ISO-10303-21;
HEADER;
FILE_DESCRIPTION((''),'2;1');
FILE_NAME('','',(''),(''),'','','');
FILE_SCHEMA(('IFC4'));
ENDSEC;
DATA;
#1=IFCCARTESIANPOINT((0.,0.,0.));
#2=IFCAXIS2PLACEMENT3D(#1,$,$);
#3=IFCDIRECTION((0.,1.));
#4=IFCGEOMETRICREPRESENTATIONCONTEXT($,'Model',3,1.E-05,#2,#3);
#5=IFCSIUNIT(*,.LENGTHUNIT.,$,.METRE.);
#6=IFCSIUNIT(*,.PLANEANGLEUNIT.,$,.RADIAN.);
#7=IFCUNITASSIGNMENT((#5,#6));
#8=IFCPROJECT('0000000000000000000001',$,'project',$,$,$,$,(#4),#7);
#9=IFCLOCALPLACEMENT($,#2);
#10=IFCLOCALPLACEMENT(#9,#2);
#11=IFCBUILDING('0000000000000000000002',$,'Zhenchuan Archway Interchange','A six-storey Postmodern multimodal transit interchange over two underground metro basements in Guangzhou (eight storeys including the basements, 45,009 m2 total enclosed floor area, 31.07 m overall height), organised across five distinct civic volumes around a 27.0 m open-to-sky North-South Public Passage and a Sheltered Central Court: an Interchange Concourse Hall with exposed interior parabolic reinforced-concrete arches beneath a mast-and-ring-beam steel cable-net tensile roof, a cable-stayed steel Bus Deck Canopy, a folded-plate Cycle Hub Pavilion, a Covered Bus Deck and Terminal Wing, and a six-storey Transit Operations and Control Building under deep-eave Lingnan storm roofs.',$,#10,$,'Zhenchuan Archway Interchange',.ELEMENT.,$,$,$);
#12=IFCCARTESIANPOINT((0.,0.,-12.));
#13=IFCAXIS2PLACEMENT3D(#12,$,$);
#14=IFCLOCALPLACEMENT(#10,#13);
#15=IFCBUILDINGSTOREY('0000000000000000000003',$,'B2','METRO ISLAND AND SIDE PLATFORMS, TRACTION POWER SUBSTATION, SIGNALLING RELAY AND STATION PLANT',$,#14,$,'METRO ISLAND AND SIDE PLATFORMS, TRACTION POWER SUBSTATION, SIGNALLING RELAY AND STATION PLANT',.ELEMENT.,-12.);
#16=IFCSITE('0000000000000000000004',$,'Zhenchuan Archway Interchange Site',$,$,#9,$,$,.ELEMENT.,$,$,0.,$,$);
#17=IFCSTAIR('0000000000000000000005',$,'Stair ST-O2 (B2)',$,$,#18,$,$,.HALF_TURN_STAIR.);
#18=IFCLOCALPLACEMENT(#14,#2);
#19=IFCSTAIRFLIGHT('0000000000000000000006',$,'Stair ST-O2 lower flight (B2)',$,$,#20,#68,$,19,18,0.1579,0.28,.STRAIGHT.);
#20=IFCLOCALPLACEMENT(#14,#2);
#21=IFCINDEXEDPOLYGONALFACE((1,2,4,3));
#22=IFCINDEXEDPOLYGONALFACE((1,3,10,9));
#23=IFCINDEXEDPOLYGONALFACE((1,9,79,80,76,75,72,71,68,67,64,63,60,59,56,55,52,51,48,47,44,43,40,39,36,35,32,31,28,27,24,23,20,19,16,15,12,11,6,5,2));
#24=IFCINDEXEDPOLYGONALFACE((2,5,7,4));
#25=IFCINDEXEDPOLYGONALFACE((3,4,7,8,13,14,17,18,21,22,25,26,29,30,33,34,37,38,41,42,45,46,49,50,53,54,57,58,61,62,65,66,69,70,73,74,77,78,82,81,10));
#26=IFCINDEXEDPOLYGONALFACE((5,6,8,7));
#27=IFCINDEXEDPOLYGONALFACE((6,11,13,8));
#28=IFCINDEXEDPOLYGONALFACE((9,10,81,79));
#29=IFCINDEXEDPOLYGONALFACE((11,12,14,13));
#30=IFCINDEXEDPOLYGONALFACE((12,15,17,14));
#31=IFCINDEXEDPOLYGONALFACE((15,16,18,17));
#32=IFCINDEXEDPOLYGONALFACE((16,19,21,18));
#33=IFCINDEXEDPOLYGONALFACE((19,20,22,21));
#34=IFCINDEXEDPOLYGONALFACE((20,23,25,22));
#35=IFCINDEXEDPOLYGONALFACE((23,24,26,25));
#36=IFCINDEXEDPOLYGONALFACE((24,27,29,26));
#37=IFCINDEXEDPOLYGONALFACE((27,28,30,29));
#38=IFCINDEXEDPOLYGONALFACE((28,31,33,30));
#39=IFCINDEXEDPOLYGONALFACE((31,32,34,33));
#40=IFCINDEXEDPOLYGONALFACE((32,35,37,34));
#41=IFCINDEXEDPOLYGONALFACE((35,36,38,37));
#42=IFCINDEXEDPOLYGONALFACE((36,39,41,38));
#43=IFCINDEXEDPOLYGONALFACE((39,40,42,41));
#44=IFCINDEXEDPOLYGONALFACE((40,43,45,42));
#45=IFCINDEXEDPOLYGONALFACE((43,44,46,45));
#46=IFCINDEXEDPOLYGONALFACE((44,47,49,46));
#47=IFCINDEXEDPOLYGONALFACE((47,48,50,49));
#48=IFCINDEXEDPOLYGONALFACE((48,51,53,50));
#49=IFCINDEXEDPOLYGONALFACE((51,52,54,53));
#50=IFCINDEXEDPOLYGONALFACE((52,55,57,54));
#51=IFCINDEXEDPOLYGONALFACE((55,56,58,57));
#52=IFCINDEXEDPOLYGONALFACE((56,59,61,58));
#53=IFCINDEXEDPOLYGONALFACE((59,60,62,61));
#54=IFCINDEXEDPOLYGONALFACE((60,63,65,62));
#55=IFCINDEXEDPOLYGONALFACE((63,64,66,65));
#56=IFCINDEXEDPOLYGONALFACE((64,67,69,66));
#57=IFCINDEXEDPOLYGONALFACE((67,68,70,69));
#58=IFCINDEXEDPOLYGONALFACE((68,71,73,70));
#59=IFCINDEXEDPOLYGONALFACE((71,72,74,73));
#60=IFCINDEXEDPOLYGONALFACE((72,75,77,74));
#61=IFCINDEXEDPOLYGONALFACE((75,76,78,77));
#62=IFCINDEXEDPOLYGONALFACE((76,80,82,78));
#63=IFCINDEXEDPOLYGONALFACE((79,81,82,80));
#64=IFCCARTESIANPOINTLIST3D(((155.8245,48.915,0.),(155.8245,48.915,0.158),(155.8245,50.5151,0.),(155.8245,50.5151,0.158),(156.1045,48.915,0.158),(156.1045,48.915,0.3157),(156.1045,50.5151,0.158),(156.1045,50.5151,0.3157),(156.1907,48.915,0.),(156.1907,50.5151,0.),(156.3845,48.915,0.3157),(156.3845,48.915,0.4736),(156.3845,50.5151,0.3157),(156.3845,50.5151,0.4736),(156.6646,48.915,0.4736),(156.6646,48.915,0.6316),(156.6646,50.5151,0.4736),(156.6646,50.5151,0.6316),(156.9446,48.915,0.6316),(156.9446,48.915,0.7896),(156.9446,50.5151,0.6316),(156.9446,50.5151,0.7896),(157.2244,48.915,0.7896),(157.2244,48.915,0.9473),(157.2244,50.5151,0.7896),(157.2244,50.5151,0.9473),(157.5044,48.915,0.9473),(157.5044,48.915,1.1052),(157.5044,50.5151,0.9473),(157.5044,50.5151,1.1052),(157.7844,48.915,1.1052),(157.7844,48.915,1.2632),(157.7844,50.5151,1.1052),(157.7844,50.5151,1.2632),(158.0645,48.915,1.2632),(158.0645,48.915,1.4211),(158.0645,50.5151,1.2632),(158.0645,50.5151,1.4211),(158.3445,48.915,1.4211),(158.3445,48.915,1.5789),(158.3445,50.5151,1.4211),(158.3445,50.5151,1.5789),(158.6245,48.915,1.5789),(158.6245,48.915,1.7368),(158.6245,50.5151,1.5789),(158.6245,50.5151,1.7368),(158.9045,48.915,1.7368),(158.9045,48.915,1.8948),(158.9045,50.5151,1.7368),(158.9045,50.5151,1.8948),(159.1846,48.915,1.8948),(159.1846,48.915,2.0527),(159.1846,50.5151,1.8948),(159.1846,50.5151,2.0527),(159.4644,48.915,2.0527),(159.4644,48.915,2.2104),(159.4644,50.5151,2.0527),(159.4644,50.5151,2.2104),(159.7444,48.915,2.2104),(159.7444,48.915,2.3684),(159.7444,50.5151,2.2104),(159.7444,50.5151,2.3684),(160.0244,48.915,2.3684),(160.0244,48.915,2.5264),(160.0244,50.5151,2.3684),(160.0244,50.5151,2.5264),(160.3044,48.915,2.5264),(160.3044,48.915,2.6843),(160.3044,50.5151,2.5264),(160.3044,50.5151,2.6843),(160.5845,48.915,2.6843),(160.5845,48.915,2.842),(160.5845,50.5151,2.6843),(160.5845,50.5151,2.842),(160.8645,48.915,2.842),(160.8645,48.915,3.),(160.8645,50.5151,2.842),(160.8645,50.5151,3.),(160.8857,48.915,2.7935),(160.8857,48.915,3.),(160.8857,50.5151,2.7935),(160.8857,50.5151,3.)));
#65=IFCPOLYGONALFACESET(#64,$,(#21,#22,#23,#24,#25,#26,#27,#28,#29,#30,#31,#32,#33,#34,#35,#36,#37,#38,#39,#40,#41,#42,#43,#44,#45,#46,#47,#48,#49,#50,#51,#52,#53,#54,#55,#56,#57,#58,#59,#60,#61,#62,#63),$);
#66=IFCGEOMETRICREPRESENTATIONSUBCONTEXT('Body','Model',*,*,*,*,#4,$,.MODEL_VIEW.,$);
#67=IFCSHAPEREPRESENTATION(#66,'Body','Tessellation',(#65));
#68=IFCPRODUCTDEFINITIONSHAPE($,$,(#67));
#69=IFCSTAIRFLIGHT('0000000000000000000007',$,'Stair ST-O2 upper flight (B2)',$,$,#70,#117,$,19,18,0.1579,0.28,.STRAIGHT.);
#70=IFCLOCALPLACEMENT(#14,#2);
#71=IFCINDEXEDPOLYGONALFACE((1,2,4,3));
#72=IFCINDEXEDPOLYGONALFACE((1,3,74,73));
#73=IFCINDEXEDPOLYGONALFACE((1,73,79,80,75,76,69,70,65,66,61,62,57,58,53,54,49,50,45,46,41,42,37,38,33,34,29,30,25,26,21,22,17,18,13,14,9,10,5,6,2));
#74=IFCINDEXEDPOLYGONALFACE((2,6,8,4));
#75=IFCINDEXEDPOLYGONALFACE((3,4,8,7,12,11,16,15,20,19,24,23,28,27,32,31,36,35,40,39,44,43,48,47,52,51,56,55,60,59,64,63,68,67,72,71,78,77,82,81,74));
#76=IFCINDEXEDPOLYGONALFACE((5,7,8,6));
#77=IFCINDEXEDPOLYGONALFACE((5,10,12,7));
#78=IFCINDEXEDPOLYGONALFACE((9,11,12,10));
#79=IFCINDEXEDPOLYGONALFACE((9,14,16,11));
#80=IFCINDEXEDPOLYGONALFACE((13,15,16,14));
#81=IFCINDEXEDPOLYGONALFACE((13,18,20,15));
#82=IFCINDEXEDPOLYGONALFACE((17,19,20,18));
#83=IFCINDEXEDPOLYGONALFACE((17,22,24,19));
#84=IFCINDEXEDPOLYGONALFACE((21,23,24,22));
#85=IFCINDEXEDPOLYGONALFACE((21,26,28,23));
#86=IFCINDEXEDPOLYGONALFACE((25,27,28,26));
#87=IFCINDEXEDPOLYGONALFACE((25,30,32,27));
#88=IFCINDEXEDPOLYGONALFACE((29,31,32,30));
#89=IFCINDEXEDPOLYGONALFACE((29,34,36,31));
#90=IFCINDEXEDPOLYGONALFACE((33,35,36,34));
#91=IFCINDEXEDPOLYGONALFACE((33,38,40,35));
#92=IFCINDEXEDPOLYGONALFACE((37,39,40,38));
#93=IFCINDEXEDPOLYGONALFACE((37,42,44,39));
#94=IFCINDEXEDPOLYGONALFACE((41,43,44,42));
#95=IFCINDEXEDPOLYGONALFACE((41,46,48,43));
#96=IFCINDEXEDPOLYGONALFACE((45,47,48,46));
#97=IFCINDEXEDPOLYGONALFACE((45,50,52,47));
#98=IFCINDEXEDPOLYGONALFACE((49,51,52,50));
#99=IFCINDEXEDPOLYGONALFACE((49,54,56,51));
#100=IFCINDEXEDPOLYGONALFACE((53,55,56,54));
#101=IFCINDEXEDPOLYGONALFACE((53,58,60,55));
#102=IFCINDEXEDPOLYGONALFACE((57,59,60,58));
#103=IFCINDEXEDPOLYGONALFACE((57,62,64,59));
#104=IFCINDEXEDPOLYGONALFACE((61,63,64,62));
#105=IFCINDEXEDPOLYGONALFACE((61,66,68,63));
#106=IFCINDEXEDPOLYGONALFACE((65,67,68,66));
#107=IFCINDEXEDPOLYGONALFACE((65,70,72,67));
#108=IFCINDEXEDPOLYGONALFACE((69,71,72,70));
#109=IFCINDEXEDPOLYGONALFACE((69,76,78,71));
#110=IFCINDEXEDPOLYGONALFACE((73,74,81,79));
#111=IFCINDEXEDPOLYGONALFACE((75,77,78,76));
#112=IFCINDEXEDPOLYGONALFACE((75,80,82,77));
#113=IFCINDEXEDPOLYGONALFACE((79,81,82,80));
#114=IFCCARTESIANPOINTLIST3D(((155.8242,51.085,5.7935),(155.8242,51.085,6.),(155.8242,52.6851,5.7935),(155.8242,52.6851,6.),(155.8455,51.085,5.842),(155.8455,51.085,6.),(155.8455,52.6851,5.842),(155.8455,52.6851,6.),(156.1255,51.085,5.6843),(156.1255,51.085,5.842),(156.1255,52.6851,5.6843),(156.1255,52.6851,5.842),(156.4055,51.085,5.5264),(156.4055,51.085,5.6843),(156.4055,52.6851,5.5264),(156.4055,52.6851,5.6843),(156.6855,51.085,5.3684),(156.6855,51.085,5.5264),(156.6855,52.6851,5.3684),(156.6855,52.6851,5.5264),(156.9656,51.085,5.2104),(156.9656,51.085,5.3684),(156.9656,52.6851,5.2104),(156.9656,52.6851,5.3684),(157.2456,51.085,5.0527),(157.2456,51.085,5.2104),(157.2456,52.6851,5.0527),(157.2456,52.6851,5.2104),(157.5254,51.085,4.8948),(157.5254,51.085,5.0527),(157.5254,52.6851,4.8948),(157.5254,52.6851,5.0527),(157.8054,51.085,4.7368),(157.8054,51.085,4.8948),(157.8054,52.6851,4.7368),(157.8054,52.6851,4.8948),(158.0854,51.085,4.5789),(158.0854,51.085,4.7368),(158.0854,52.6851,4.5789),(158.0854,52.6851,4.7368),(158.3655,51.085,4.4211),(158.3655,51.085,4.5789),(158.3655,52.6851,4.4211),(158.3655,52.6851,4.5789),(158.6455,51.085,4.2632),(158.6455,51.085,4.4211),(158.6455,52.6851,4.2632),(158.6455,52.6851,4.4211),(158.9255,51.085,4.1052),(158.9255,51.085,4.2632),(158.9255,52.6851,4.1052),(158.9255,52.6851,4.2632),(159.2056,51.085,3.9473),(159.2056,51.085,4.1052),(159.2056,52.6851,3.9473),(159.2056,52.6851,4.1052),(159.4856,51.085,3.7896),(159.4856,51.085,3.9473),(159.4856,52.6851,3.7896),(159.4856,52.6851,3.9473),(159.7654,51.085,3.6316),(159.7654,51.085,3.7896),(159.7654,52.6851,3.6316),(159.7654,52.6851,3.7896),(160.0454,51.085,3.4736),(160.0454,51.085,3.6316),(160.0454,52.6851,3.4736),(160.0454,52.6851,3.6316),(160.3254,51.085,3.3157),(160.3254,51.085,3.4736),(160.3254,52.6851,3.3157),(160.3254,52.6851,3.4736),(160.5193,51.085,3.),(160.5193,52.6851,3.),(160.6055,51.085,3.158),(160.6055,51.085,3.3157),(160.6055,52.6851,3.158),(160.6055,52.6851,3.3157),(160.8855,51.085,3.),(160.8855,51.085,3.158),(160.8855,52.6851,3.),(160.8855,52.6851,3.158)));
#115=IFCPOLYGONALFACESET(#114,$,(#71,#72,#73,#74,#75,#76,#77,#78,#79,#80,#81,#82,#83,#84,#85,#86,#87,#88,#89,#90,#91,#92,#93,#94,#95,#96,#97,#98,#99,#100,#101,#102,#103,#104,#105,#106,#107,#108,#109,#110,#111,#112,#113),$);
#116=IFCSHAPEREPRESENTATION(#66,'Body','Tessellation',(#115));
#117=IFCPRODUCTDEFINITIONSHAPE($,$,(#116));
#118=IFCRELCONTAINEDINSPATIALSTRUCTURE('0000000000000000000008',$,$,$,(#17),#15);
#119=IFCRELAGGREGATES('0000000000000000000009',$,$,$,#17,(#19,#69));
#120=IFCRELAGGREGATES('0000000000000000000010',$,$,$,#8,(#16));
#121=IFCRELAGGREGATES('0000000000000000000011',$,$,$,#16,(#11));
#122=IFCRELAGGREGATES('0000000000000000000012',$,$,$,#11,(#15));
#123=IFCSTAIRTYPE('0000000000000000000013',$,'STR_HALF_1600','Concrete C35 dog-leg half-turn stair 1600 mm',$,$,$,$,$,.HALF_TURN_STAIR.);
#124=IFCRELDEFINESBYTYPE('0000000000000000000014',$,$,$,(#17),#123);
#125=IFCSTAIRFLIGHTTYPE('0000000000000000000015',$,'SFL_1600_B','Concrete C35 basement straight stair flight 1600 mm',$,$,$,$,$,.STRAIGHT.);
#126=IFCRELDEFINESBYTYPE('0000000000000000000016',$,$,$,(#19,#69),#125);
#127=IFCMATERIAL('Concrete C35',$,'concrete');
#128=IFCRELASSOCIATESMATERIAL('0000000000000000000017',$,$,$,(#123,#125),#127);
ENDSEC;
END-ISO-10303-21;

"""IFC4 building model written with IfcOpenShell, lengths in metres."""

from ifc_helpers import new_model, si_unit, direction, frame, origin, place, context, subcontext, project, spatial, polyline, outline, extrude, material, type_object, element, aggregate, save


model = new_model("IFC4")

# Units and contexts
model_context = context("Model", 3, precision=1e-05, world=origin(), true_north=direction((0.0, 1.0)))
body_context = subcontext(model_context, "Body", "Model", "MODEL_VIEW")
ifc_project = project(units=[si_unit("LENGTHUNIT", "METRE"), si_unit("PLANEANGLEUNIT", "RADIAN")], contexts=[model_context])

# Site, building, storey
site_placement = place(None, origin())
site = spatial("IfcSite", under=ifc_project, at=site_placement, Name="Zhenchuan Archway Interchange Site", CompositionType="ELEMENT", RefElevation=0.0)
building_placement = place(site_placement, origin())
building = spatial("IfcBuilding", under=site, at=building_placement, Name="Zhenchuan Archway Interchange", Description="A six-storey Postmodern multimodal transit interchange over two underground metro basements in Guangzhou (eight storeys including the basements, 45,009 m2 total enclosed floor area, 31.07 m overall height), organised across five distinct civic volumes around a 27.0 m open-to-sky North-South Public Passage and a Sheltered Central Court: an Interchange Concourse Hall with exposed interior parabolic reinforced-concrete arches beneath a mast-and-ring-beam steel cable-net tensile roof, a cable-stayed steel Bus Deck Canopy, a folded-plate Cycle Hub Pavilion, a Covered Bus Deck and Terminal Wing, and a six-storey Transit Operations and Control Building under deep-eave Lingnan storm roofs.", LongName="Zhenchuan Archway Interchange", CompositionType="ELEMENT")
storey_placement = place(building_placement, frame((0.0, 0.0, -12.0)))
storey = spatial("IfcBuildingStorey", under=building, at=storey_placement, Name="B2", Description="METRO ISLAND AND SIDE PLATFORMS, TRACTION POWER SUBSTATION, SIGNALLING RELAY AND STATION PLANT", LongName="METRO ISLAND AND SIDE PLATFORMS, TRACTION POWER SUBSTATION, SIGNALLING RELAY AND STATION PLANT", CompositionType="ELEMENT", Elevation=-12.0)

# Shared definitions
ifc_material_1 = material(Name="Concrete C35", Category="concrete")

# Stair, stair flights
stair_type = type_object("IfcStairType", Name="STR_HALF_1600", Description="Concrete C35 dog-leg half-turn stair 1600 mm", PredefinedType="HALF_TURN_STAIR", material=ifc_material_1)
stair_placement = place(storey_placement, origin())
stair = element("IfcStair", 1, at=stair_placement, inside=storey, type_object=stair_type, Name="Stair ST-O2 (B2)", PredefinedType="HALF_TURN_STAIR")
stair_flight_type = type_object("IfcStairFlightType", Name="SFL_1600_B", Description="Concrete C35 basement straight stair flight 1600 mm", PredefinedType="STRAIGHT", material=ifc_material_1)
stair_flight_1_placement = place(storey_placement, frame((155.8245, 49.7151, 0.0), z_axis=(0.0, 0.0, 1.0), x_axis=(1.0, 0.0, 0.0)))
stair_flight_1 = element("IfcStairFlight", 2, at=stair_flight_1_placement, type_object=stair_flight_type, Name="Stair ST-O2 lower flight (B2)", NumberOfRisers=19, NumberOfTreads=18, PredefinedType="STRAIGHT", RiserHeight=0.1579, TreadLength=0.28, context=body_context, shape_type="SweptSolid", body=[
    extrude(outline(polyline([(0.0, 0.0), (0.0, 0.158), (0.28, 0.158), (0.28, 0.3157), (0.5601, 0.3157), (0.5601, 0.4736), (0.8401, 0.4736), (0.8401, 0.6316), (1.1201, 0.6316), (1.1201, 0.7896), (1.3999, 0.7896), (1.3999, 0.9473), (1.6799, 0.9473), (1.6799, 1.1052), (1.96, 1.1052), (1.96, 1.2632), (2.24, 1.2632), (2.24, 1.4211), (2.52, 1.4211), (2.52, 1.5789), (2.8, 1.5789), (2.8, 1.7368), (3.0801, 1.7368), (3.0801, 1.8948), (3.3601, 1.8948), (3.3601, 2.0527), (3.6399, 2.0527), (3.6399, 2.2104), (3.9199, 2.2104), (3.9199, 2.3684), (4.2, 2.3684), (4.2, 2.5264), (4.48, 2.5264), (4.48, 2.6843), (4.76, 2.6843), (4.76, 2.842), (5.04, 2.842), (5.04, 3.0), (5.0613, 3.0), (5.0613, 2.7935), (0.3662, 0.0), (0.0, 0.0)])), frame((0.0, 0.8, 0.0), z_axis=(0.0, -1.0, 0.0), x_axis=(1.0, 0.0, 0.0)), (0.0, 0.0, 1.0), 1.6001),
])
stair_flight_2_placement = place(storey_placement, frame((160.8855, 51.885, 3.0), z_axis=(0.0, 0.0, 1.0), x_axis=(-1.0, 0.0, 0.0)))
stair_flight_2 = element("IfcStairFlight", 3, at=stair_flight_2_placement, type_object=stair_flight_type, Name="Stair ST-O2 upper flight (B2)", NumberOfRisers=19, NumberOfTreads=18, PredefinedType="STRAIGHT", RiserHeight=0.1579, TreadLength=0.28, context=body_context, shape_type="SweptSolid", body=[
    extrude(outline(polyline([(0.0, 0.0), (0.0, 0.158), (0.28, 0.158), (0.28, 0.3157), (0.5601, 0.3157), (0.5601, 0.4736), (0.8401, 0.4736), (0.8401, 0.6316), (1.1201, 0.6316), (1.1201, 0.7896), (1.3999, 0.7896), (1.3999, 0.9473), (1.6799, 0.9473), (1.6799, 1.1052), (1.96, 1.1052), (1.96, 1.2632), (2.24, 1.2632), (2.24, 1.4211), (2.52, 1.4211), (2.52, 1.5789), (2.8, 1.5789), (2.8, 1.7368), (3.0801, 1.7368), (3.0801, 1.8948), (3.3601, 1.8948), (3.3601, 2.0527), (3.6399, 2.0527), (3.6399, 2.2104), (3.9199, 2.2104), (3.9199, 2.3684), (4.2, 2.3684), (4.2, 2.5264), (4.48, 2.5264), (4.48, 2.6843), (4.76, 2.6843), (4.76, 2.842), (5.04, 2.842), (5.04, 3.0), (5.0613, 3.0), (5.0613, 2.7935), (0.3662, 0.0), (0.0, 0.0)])), frame((0.0, 0.8, 0.0), z_axis=(0.0, -1.0, 0.0), x_axis=(1.0, 0.0, 0.0)), (0.0, 0.0, 1.0), 1.6001),
])
aggregate(stair, [stair_flight_1, stair_flight_2])

save(model, "model.ifc")
